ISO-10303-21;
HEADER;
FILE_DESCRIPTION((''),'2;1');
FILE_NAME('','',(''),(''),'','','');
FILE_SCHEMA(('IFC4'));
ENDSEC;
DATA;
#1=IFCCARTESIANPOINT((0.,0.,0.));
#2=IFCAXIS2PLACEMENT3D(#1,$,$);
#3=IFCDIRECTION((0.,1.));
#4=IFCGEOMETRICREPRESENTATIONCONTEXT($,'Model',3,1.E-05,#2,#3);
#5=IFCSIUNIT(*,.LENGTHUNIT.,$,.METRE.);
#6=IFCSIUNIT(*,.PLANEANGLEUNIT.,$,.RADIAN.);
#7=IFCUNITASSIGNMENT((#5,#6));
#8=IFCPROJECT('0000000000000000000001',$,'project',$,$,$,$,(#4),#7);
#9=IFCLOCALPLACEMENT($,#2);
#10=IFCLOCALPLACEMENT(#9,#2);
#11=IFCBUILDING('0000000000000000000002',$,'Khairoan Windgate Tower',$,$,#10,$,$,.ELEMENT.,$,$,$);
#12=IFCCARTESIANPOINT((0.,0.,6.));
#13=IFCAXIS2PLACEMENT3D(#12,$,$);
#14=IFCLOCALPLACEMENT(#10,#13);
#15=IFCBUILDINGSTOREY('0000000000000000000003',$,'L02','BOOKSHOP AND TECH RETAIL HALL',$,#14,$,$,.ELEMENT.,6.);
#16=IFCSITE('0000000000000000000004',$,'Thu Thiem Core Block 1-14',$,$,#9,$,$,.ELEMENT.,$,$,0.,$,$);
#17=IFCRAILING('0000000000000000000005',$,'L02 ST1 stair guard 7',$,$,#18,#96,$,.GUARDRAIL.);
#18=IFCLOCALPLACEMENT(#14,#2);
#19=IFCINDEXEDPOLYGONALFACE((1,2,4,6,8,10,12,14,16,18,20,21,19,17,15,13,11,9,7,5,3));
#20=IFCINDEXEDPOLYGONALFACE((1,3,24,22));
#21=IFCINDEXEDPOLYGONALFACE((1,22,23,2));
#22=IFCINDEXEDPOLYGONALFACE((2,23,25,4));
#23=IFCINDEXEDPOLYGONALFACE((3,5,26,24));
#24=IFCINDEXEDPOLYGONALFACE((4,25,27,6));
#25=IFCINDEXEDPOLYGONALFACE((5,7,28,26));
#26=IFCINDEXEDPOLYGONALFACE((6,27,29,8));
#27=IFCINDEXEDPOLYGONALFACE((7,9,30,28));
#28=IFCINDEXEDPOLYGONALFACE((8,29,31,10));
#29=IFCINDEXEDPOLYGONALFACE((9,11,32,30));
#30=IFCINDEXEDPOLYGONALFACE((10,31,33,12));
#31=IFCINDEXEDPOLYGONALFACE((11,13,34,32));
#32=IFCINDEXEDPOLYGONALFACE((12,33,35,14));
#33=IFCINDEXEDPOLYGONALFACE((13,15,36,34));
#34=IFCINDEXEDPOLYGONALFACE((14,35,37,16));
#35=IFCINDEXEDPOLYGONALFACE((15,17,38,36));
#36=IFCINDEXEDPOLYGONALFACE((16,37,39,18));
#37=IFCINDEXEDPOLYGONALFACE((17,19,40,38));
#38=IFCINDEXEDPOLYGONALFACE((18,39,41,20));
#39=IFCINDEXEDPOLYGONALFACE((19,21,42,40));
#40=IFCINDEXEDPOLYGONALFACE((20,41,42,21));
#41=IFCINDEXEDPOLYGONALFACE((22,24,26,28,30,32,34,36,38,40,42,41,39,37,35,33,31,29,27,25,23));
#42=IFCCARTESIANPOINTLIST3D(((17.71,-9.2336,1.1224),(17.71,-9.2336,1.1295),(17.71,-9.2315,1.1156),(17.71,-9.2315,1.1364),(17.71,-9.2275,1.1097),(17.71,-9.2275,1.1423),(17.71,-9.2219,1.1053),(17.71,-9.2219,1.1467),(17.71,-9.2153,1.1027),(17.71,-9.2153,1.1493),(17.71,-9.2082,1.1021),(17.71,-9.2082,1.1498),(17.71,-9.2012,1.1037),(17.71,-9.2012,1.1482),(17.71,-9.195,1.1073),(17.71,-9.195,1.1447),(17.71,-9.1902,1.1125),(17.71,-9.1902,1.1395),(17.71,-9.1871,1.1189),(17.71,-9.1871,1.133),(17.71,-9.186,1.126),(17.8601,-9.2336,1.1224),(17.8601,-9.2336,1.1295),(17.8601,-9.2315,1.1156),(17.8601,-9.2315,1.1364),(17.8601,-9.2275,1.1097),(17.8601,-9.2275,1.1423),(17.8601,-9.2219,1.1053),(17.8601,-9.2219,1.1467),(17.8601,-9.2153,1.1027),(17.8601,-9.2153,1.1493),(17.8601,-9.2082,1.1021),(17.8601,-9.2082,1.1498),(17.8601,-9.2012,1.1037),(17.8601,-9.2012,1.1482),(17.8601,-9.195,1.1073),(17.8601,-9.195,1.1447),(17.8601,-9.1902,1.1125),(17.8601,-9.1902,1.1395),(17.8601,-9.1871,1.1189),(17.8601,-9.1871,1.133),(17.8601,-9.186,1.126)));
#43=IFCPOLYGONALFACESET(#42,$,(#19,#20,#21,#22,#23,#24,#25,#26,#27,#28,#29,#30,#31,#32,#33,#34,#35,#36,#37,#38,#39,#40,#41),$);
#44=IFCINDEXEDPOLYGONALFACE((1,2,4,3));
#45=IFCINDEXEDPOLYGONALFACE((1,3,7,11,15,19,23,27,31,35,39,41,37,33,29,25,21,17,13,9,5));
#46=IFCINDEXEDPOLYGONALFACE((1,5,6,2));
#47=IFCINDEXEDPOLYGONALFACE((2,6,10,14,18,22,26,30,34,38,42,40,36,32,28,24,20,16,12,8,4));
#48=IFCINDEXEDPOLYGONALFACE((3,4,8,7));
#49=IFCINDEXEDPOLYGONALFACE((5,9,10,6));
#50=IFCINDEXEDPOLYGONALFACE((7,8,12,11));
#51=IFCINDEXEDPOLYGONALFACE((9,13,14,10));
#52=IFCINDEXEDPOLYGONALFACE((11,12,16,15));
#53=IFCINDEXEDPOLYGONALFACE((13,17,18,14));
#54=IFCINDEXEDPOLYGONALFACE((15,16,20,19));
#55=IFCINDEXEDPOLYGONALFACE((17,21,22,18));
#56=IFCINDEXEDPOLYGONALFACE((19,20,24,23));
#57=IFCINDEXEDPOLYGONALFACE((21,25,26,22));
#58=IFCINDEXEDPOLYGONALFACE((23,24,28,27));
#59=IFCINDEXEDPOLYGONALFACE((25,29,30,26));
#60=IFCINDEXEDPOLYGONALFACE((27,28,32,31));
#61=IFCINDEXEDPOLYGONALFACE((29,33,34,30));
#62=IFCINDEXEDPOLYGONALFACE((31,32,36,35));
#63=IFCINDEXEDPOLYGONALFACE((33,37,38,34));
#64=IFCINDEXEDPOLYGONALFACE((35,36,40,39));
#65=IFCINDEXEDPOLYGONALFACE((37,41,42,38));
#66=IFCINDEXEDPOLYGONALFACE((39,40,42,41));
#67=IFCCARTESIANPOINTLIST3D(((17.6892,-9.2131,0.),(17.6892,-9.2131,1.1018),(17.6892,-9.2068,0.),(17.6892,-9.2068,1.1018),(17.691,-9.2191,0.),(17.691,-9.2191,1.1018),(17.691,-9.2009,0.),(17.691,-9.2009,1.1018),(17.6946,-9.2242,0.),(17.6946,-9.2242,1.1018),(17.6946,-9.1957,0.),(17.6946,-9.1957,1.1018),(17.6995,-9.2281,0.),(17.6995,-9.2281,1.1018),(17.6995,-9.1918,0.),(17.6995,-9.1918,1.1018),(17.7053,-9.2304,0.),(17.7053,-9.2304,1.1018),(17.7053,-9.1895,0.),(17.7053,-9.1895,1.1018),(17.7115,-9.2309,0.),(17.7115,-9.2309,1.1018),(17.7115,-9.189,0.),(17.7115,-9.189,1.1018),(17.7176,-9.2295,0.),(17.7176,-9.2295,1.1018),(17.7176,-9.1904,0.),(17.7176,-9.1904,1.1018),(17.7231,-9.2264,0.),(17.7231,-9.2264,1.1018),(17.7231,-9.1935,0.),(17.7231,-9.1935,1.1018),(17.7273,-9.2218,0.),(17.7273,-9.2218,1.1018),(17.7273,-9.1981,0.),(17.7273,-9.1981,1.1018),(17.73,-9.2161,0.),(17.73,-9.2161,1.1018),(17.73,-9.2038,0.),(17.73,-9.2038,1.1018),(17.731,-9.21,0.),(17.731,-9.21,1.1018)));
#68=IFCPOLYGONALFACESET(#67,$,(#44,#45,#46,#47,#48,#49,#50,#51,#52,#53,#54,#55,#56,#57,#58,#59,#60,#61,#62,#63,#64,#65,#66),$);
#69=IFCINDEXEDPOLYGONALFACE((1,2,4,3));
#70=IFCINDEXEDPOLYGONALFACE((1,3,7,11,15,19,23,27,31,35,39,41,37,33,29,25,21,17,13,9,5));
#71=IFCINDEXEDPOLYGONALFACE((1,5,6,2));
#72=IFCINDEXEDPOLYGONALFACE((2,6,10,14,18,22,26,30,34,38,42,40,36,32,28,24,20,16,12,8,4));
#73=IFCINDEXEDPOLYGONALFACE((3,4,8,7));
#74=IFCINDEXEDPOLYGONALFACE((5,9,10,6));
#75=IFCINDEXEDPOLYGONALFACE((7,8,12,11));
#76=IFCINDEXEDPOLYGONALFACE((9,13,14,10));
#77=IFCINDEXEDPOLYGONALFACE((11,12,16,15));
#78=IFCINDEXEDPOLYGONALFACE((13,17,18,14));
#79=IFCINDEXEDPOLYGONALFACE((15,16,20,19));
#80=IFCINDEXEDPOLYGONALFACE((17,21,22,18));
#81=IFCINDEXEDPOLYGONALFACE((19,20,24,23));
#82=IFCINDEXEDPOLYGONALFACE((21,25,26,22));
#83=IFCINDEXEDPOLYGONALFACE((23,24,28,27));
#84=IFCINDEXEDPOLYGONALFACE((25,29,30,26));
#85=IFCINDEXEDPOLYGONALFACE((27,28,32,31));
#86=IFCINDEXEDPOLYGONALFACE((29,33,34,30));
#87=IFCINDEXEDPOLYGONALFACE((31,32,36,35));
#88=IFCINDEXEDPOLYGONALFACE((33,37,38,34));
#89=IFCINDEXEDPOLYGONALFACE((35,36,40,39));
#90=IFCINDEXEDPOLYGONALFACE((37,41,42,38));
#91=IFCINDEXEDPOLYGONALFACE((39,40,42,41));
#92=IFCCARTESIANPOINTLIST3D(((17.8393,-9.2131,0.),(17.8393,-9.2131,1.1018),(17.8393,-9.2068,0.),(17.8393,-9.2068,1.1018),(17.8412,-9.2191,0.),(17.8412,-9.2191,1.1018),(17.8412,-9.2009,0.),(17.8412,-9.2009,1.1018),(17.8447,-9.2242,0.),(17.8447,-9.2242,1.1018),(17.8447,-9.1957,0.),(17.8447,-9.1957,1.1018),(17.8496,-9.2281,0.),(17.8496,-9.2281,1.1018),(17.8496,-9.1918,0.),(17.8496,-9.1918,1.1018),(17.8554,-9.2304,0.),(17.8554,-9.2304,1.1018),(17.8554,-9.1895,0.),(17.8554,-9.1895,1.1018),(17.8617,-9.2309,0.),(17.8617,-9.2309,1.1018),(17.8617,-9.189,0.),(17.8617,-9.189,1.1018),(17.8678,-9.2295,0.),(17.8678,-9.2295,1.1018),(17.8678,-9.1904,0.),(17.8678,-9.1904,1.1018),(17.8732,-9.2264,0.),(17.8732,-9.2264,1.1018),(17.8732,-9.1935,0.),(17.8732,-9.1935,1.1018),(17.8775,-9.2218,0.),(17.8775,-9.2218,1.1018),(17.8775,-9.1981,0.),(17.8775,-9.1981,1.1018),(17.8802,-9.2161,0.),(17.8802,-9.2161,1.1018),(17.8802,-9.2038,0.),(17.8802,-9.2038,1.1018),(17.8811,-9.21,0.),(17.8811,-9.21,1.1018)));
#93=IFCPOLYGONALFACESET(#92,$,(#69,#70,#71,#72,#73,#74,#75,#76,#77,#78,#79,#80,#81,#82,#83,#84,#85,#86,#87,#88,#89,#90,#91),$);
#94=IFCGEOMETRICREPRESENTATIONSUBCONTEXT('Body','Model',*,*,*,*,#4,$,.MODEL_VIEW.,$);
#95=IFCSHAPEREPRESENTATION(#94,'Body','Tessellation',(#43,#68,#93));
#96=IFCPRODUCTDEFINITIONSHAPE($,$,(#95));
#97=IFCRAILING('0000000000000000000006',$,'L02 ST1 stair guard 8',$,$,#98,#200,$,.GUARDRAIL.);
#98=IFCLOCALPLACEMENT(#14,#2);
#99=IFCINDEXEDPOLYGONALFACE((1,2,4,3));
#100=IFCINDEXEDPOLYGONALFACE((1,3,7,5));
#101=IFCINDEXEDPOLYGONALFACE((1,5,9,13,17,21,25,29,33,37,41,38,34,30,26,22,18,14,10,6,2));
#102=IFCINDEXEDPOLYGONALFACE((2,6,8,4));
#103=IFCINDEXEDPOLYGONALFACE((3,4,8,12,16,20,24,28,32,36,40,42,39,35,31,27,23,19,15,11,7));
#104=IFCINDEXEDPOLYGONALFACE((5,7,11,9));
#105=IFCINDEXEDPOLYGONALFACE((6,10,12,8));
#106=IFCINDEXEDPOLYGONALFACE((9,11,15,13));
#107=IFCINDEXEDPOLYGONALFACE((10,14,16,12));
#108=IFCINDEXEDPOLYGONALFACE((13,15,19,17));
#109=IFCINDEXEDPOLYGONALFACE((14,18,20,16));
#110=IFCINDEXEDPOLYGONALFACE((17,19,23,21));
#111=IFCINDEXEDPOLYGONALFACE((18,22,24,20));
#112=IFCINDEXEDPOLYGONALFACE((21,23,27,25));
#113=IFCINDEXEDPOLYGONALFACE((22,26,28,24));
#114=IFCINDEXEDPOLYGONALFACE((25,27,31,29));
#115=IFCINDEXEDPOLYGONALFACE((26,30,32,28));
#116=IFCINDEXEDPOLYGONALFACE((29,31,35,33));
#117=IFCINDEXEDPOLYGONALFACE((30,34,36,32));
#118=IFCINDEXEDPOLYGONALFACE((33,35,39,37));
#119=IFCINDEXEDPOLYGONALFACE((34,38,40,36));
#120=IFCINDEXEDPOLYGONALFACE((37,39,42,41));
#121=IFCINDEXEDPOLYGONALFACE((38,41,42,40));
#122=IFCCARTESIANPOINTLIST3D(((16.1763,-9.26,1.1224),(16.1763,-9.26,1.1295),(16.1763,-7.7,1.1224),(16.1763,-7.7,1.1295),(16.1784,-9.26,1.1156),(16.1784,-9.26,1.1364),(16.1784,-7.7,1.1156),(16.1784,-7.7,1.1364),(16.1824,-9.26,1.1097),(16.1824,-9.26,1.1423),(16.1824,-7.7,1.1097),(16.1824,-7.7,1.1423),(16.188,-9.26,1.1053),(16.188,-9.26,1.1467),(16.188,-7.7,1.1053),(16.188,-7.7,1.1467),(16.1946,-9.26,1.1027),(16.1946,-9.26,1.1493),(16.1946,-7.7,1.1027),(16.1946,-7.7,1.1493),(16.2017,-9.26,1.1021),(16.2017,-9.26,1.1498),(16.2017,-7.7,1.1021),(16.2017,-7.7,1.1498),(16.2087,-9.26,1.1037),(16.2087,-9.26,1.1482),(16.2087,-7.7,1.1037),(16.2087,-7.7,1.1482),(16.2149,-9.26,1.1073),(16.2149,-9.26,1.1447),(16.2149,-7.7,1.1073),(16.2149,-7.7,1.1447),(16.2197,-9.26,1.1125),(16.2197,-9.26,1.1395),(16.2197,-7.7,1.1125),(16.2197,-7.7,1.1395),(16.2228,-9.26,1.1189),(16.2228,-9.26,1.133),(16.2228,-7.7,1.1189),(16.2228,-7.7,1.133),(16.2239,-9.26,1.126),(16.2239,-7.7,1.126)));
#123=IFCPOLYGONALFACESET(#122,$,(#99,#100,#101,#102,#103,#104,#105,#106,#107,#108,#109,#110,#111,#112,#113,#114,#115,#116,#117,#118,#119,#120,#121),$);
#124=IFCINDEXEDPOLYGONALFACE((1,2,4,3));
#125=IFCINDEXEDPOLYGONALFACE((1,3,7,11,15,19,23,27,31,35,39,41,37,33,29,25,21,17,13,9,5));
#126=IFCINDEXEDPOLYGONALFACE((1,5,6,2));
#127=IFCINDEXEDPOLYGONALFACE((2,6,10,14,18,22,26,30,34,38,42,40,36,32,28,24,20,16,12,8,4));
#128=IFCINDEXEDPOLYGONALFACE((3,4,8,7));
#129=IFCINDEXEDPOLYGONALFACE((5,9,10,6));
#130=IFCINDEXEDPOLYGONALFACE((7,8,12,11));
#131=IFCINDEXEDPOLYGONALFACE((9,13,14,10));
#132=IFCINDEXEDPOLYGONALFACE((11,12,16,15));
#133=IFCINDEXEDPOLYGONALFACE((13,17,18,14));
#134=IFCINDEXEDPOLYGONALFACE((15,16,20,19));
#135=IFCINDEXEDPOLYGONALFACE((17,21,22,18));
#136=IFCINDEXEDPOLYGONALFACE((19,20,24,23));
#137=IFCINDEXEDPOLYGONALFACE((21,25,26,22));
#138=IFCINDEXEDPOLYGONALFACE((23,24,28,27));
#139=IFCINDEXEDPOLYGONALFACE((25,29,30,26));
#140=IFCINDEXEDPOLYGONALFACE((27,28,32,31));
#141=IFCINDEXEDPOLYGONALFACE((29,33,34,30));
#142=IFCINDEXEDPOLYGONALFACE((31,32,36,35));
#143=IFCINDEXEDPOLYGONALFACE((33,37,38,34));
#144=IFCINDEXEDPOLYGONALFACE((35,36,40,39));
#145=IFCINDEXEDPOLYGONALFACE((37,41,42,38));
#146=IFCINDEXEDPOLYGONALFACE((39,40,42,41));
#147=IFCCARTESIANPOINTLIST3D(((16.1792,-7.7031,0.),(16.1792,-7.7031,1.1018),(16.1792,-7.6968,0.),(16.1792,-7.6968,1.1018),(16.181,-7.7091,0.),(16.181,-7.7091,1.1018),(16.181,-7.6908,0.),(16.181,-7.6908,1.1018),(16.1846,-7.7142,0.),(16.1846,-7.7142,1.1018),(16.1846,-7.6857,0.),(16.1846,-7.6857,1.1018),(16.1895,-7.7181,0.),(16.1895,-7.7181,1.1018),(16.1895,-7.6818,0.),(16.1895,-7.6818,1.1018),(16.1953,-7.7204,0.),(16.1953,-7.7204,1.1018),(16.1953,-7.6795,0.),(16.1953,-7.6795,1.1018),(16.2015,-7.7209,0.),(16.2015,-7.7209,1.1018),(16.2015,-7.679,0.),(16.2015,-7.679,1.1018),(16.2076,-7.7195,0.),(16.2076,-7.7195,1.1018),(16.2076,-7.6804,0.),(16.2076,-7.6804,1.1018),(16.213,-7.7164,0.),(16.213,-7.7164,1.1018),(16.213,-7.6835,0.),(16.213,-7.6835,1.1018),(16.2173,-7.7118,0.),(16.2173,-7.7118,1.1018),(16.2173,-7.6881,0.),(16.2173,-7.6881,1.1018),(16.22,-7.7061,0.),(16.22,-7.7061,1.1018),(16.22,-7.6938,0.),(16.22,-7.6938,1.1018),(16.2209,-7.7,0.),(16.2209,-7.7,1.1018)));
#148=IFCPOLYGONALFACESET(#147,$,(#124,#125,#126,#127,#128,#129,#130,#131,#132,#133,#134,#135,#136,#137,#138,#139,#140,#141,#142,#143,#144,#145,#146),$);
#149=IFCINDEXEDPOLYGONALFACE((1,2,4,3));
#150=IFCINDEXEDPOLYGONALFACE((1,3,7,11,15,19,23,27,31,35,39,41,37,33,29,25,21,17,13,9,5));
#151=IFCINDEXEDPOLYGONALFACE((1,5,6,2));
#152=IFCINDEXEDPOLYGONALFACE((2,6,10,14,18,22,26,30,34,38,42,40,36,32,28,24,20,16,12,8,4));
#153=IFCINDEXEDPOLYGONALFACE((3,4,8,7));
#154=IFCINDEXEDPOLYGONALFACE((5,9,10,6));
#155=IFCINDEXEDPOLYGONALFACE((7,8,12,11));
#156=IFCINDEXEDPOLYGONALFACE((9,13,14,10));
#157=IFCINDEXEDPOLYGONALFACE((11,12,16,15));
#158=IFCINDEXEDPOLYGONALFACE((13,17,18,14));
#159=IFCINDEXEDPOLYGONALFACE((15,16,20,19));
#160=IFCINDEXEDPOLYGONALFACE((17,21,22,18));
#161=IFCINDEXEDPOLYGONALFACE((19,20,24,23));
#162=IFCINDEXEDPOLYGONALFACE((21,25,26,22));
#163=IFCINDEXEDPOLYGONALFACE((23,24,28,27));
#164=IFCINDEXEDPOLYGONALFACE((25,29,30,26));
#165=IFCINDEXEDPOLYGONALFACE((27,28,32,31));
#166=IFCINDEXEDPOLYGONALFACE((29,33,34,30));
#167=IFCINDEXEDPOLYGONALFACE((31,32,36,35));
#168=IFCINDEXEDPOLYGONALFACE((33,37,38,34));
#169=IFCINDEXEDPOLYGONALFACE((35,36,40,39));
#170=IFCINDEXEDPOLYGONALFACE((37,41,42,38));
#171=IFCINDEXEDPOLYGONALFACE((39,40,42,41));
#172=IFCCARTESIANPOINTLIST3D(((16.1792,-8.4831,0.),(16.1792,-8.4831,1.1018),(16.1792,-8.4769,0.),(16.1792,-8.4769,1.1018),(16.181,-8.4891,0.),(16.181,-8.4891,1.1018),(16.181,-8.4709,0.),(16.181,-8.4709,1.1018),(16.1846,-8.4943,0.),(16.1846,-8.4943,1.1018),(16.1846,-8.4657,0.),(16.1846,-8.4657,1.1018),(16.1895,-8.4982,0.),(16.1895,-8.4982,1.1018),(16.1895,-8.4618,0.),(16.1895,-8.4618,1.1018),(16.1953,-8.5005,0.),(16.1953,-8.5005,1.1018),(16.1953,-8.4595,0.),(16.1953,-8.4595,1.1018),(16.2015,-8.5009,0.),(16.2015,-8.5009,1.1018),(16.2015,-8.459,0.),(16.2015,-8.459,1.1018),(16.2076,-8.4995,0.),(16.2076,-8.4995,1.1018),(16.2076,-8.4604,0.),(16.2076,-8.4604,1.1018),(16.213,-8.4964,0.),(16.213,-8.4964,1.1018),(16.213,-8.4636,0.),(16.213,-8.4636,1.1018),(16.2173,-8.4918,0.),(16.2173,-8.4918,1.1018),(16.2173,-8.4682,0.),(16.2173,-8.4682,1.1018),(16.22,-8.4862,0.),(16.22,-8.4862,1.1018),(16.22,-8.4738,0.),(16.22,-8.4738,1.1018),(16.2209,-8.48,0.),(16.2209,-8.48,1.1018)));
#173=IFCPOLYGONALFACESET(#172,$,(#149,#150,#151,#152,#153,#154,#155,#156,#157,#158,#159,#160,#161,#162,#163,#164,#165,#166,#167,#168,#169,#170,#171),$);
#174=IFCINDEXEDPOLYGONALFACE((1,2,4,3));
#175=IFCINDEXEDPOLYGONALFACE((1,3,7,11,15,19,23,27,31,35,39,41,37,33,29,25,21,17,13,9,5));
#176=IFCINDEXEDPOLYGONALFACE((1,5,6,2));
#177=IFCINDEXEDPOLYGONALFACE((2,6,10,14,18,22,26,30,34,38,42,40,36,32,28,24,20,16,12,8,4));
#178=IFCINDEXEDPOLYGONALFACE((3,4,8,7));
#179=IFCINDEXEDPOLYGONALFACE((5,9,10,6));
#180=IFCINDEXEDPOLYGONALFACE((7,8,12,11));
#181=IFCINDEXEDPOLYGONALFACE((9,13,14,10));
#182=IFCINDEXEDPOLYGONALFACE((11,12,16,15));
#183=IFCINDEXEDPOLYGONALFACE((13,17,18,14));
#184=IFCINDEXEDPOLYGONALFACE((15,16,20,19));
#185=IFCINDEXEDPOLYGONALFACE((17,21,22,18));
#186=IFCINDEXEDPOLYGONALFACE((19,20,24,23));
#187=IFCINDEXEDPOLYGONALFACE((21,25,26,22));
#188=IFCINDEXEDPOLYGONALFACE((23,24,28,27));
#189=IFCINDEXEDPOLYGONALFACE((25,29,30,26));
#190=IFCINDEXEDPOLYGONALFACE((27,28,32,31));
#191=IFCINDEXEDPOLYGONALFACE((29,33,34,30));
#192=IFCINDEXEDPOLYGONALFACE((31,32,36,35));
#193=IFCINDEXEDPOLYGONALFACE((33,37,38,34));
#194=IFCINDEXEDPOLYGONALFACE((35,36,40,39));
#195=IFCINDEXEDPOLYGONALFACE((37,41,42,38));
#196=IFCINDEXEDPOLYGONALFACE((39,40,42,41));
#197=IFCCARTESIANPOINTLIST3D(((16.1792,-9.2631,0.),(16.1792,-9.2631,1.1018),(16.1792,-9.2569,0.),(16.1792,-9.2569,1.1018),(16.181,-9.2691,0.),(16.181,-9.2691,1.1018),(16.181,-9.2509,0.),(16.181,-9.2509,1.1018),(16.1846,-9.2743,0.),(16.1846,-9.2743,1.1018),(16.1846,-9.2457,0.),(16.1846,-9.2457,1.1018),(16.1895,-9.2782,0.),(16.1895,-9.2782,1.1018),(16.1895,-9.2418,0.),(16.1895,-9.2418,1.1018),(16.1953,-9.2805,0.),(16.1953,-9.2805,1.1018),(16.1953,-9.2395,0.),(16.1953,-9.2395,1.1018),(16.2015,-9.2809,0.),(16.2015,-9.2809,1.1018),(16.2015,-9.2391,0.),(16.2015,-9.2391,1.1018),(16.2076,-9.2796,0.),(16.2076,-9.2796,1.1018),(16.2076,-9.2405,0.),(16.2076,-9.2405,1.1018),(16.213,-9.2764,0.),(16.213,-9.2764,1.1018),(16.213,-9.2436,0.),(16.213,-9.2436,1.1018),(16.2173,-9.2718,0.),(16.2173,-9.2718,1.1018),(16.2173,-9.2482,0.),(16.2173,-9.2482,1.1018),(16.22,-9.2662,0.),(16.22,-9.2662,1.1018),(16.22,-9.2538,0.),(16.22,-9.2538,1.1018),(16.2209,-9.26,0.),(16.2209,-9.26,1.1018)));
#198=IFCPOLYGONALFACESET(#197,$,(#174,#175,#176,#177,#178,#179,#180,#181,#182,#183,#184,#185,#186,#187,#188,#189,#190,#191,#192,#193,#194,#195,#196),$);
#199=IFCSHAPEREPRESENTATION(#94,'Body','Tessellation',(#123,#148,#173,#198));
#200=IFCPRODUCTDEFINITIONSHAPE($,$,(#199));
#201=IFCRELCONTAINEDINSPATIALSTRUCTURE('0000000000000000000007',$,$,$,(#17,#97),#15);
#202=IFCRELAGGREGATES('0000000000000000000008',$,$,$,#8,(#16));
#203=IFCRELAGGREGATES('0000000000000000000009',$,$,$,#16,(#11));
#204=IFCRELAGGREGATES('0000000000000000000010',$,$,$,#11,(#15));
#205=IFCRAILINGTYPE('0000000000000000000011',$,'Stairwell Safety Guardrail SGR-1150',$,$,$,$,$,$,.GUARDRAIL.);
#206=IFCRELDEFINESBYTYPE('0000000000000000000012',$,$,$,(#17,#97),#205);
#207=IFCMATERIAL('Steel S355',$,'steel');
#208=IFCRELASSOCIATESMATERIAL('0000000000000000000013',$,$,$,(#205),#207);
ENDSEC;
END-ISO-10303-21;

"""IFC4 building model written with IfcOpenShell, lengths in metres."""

from ifc_helpers import new_model, si_unit, direction, frame, origin, origin_2d, place, context, subcontext, project, spatial, circle, extrude, material, type_object, element, save


model = new_model("IFC4")

# Units and contexts
model_context = context("Model", 3, precision=1e-05, world=origin(), true_north=direction((0.0, 1.0)))
body_context = subcontext(model_context, "Body", "Model", "MODEL_VIEW")
ifc_project = project(units=[si_unit("LENGTHUNIT", "METRE"), si_unit("PLANEANGLEUNIT", "RADIAN")], contexts=[model_context])

# Site, building, storey
site_placement = place(None, origin())
site = spatial("IfcSite", under=ifc_project, at=site_placement, Name="Thu Thiem Core Block 1-14", CompositionType="ELEMENT", RefElevation=0.0)
building_placement = place(site_placement, origin())
building = spatial("IfcBuilding", under=site, at=building_placement, Name="Khairoan Windgate Tower", CompositionType="ELEMENT")
storey_placement = place(building_placement, frame((0.0, 0.0, 6.0)))
storey = spatial("IfcBuildingStorey", under=building, at=storey_placement, Name="L02", Description="BOOKSHOP AND TECH RETAIL HALL", CompositionType="ELEMENT", Elevation=6.0)

# Railings
ifc_material_1 = material(Name="Steel S355", Category="steel")
railing_type_1 = type_object("IfcRailingType", Name="Stairwell Safety Guardrail SGR-1150", PredefinedType="GUARDRAIL", material=ifc_material_1)
railing_1_placement = place(storey_placement, frame((17.71, -9.21, 0.0)))
element("IfcRailing", 1, at=railing_1_placement, inside=storey, type_object=railing_type_1, Name="L02 ST1 stair guard 7", PredefinedType="GUARDRAIL", context=body_context, shape_type="SweptSolid", body=[
    extrude(circle(Radius=0.0239, at=origin_2d()), frame((0.0, 0.0, 1.126), z_axis=(1.0, 0.0, 0.0), x_axis=(0.0, 1.0, 0.0)), (0.0, 0.0, 1.0), 0.1501),
    extrude(circle(Radius=0.021, at=origin_2d()), origin(), (0.0, 0.0, 1.0), 1.1018),
    extrude(circle(Radius=0.021, at=origin_2d()), frame((0.1501, 0.0, 0.0)), (0.0, 0.0, 1.0), 1.1018),
])
for number, where, name in (
    (2, (16.2, -7.7, 0.0), "L02 ST1 stair guard 8"),
):
    element("IfcRailing", number, at=place(storey_placement, frame(where)), inside=storey, type_object=railing_type_1, Name=name, PredefinedType="GUARDRAIL", context=body_context, shape_type="SweptSolid", body=[
        extrude(circle(Radius=0.0239, at=origin_2d()), frame((0.0, 0.0, 1.126), z_axis=(0.0, -1.0, 0.0), x_axis=(1.0, 0.0, 0.0)), (0.0, 0.0, 1.0), 1.5601),
        extrude(circle(Radius=0.021, at=origin_2d()), origin(), (0.0, 0.0, 1.0), 1.1018),
        extrude(circle(Radius=0.021, at=origin_2d()), frame((0.0, -0.78, 0.0)), (0.0, 0.0, 1.0), 1.1018),
        extrude(circle(Radius=0.021, at=origin_2d()), frame((0.0, -1.5601, 0.0)), (0.0, 0.0, 1.0), 1.1018),
    ])

save(model, "model.ifc")
